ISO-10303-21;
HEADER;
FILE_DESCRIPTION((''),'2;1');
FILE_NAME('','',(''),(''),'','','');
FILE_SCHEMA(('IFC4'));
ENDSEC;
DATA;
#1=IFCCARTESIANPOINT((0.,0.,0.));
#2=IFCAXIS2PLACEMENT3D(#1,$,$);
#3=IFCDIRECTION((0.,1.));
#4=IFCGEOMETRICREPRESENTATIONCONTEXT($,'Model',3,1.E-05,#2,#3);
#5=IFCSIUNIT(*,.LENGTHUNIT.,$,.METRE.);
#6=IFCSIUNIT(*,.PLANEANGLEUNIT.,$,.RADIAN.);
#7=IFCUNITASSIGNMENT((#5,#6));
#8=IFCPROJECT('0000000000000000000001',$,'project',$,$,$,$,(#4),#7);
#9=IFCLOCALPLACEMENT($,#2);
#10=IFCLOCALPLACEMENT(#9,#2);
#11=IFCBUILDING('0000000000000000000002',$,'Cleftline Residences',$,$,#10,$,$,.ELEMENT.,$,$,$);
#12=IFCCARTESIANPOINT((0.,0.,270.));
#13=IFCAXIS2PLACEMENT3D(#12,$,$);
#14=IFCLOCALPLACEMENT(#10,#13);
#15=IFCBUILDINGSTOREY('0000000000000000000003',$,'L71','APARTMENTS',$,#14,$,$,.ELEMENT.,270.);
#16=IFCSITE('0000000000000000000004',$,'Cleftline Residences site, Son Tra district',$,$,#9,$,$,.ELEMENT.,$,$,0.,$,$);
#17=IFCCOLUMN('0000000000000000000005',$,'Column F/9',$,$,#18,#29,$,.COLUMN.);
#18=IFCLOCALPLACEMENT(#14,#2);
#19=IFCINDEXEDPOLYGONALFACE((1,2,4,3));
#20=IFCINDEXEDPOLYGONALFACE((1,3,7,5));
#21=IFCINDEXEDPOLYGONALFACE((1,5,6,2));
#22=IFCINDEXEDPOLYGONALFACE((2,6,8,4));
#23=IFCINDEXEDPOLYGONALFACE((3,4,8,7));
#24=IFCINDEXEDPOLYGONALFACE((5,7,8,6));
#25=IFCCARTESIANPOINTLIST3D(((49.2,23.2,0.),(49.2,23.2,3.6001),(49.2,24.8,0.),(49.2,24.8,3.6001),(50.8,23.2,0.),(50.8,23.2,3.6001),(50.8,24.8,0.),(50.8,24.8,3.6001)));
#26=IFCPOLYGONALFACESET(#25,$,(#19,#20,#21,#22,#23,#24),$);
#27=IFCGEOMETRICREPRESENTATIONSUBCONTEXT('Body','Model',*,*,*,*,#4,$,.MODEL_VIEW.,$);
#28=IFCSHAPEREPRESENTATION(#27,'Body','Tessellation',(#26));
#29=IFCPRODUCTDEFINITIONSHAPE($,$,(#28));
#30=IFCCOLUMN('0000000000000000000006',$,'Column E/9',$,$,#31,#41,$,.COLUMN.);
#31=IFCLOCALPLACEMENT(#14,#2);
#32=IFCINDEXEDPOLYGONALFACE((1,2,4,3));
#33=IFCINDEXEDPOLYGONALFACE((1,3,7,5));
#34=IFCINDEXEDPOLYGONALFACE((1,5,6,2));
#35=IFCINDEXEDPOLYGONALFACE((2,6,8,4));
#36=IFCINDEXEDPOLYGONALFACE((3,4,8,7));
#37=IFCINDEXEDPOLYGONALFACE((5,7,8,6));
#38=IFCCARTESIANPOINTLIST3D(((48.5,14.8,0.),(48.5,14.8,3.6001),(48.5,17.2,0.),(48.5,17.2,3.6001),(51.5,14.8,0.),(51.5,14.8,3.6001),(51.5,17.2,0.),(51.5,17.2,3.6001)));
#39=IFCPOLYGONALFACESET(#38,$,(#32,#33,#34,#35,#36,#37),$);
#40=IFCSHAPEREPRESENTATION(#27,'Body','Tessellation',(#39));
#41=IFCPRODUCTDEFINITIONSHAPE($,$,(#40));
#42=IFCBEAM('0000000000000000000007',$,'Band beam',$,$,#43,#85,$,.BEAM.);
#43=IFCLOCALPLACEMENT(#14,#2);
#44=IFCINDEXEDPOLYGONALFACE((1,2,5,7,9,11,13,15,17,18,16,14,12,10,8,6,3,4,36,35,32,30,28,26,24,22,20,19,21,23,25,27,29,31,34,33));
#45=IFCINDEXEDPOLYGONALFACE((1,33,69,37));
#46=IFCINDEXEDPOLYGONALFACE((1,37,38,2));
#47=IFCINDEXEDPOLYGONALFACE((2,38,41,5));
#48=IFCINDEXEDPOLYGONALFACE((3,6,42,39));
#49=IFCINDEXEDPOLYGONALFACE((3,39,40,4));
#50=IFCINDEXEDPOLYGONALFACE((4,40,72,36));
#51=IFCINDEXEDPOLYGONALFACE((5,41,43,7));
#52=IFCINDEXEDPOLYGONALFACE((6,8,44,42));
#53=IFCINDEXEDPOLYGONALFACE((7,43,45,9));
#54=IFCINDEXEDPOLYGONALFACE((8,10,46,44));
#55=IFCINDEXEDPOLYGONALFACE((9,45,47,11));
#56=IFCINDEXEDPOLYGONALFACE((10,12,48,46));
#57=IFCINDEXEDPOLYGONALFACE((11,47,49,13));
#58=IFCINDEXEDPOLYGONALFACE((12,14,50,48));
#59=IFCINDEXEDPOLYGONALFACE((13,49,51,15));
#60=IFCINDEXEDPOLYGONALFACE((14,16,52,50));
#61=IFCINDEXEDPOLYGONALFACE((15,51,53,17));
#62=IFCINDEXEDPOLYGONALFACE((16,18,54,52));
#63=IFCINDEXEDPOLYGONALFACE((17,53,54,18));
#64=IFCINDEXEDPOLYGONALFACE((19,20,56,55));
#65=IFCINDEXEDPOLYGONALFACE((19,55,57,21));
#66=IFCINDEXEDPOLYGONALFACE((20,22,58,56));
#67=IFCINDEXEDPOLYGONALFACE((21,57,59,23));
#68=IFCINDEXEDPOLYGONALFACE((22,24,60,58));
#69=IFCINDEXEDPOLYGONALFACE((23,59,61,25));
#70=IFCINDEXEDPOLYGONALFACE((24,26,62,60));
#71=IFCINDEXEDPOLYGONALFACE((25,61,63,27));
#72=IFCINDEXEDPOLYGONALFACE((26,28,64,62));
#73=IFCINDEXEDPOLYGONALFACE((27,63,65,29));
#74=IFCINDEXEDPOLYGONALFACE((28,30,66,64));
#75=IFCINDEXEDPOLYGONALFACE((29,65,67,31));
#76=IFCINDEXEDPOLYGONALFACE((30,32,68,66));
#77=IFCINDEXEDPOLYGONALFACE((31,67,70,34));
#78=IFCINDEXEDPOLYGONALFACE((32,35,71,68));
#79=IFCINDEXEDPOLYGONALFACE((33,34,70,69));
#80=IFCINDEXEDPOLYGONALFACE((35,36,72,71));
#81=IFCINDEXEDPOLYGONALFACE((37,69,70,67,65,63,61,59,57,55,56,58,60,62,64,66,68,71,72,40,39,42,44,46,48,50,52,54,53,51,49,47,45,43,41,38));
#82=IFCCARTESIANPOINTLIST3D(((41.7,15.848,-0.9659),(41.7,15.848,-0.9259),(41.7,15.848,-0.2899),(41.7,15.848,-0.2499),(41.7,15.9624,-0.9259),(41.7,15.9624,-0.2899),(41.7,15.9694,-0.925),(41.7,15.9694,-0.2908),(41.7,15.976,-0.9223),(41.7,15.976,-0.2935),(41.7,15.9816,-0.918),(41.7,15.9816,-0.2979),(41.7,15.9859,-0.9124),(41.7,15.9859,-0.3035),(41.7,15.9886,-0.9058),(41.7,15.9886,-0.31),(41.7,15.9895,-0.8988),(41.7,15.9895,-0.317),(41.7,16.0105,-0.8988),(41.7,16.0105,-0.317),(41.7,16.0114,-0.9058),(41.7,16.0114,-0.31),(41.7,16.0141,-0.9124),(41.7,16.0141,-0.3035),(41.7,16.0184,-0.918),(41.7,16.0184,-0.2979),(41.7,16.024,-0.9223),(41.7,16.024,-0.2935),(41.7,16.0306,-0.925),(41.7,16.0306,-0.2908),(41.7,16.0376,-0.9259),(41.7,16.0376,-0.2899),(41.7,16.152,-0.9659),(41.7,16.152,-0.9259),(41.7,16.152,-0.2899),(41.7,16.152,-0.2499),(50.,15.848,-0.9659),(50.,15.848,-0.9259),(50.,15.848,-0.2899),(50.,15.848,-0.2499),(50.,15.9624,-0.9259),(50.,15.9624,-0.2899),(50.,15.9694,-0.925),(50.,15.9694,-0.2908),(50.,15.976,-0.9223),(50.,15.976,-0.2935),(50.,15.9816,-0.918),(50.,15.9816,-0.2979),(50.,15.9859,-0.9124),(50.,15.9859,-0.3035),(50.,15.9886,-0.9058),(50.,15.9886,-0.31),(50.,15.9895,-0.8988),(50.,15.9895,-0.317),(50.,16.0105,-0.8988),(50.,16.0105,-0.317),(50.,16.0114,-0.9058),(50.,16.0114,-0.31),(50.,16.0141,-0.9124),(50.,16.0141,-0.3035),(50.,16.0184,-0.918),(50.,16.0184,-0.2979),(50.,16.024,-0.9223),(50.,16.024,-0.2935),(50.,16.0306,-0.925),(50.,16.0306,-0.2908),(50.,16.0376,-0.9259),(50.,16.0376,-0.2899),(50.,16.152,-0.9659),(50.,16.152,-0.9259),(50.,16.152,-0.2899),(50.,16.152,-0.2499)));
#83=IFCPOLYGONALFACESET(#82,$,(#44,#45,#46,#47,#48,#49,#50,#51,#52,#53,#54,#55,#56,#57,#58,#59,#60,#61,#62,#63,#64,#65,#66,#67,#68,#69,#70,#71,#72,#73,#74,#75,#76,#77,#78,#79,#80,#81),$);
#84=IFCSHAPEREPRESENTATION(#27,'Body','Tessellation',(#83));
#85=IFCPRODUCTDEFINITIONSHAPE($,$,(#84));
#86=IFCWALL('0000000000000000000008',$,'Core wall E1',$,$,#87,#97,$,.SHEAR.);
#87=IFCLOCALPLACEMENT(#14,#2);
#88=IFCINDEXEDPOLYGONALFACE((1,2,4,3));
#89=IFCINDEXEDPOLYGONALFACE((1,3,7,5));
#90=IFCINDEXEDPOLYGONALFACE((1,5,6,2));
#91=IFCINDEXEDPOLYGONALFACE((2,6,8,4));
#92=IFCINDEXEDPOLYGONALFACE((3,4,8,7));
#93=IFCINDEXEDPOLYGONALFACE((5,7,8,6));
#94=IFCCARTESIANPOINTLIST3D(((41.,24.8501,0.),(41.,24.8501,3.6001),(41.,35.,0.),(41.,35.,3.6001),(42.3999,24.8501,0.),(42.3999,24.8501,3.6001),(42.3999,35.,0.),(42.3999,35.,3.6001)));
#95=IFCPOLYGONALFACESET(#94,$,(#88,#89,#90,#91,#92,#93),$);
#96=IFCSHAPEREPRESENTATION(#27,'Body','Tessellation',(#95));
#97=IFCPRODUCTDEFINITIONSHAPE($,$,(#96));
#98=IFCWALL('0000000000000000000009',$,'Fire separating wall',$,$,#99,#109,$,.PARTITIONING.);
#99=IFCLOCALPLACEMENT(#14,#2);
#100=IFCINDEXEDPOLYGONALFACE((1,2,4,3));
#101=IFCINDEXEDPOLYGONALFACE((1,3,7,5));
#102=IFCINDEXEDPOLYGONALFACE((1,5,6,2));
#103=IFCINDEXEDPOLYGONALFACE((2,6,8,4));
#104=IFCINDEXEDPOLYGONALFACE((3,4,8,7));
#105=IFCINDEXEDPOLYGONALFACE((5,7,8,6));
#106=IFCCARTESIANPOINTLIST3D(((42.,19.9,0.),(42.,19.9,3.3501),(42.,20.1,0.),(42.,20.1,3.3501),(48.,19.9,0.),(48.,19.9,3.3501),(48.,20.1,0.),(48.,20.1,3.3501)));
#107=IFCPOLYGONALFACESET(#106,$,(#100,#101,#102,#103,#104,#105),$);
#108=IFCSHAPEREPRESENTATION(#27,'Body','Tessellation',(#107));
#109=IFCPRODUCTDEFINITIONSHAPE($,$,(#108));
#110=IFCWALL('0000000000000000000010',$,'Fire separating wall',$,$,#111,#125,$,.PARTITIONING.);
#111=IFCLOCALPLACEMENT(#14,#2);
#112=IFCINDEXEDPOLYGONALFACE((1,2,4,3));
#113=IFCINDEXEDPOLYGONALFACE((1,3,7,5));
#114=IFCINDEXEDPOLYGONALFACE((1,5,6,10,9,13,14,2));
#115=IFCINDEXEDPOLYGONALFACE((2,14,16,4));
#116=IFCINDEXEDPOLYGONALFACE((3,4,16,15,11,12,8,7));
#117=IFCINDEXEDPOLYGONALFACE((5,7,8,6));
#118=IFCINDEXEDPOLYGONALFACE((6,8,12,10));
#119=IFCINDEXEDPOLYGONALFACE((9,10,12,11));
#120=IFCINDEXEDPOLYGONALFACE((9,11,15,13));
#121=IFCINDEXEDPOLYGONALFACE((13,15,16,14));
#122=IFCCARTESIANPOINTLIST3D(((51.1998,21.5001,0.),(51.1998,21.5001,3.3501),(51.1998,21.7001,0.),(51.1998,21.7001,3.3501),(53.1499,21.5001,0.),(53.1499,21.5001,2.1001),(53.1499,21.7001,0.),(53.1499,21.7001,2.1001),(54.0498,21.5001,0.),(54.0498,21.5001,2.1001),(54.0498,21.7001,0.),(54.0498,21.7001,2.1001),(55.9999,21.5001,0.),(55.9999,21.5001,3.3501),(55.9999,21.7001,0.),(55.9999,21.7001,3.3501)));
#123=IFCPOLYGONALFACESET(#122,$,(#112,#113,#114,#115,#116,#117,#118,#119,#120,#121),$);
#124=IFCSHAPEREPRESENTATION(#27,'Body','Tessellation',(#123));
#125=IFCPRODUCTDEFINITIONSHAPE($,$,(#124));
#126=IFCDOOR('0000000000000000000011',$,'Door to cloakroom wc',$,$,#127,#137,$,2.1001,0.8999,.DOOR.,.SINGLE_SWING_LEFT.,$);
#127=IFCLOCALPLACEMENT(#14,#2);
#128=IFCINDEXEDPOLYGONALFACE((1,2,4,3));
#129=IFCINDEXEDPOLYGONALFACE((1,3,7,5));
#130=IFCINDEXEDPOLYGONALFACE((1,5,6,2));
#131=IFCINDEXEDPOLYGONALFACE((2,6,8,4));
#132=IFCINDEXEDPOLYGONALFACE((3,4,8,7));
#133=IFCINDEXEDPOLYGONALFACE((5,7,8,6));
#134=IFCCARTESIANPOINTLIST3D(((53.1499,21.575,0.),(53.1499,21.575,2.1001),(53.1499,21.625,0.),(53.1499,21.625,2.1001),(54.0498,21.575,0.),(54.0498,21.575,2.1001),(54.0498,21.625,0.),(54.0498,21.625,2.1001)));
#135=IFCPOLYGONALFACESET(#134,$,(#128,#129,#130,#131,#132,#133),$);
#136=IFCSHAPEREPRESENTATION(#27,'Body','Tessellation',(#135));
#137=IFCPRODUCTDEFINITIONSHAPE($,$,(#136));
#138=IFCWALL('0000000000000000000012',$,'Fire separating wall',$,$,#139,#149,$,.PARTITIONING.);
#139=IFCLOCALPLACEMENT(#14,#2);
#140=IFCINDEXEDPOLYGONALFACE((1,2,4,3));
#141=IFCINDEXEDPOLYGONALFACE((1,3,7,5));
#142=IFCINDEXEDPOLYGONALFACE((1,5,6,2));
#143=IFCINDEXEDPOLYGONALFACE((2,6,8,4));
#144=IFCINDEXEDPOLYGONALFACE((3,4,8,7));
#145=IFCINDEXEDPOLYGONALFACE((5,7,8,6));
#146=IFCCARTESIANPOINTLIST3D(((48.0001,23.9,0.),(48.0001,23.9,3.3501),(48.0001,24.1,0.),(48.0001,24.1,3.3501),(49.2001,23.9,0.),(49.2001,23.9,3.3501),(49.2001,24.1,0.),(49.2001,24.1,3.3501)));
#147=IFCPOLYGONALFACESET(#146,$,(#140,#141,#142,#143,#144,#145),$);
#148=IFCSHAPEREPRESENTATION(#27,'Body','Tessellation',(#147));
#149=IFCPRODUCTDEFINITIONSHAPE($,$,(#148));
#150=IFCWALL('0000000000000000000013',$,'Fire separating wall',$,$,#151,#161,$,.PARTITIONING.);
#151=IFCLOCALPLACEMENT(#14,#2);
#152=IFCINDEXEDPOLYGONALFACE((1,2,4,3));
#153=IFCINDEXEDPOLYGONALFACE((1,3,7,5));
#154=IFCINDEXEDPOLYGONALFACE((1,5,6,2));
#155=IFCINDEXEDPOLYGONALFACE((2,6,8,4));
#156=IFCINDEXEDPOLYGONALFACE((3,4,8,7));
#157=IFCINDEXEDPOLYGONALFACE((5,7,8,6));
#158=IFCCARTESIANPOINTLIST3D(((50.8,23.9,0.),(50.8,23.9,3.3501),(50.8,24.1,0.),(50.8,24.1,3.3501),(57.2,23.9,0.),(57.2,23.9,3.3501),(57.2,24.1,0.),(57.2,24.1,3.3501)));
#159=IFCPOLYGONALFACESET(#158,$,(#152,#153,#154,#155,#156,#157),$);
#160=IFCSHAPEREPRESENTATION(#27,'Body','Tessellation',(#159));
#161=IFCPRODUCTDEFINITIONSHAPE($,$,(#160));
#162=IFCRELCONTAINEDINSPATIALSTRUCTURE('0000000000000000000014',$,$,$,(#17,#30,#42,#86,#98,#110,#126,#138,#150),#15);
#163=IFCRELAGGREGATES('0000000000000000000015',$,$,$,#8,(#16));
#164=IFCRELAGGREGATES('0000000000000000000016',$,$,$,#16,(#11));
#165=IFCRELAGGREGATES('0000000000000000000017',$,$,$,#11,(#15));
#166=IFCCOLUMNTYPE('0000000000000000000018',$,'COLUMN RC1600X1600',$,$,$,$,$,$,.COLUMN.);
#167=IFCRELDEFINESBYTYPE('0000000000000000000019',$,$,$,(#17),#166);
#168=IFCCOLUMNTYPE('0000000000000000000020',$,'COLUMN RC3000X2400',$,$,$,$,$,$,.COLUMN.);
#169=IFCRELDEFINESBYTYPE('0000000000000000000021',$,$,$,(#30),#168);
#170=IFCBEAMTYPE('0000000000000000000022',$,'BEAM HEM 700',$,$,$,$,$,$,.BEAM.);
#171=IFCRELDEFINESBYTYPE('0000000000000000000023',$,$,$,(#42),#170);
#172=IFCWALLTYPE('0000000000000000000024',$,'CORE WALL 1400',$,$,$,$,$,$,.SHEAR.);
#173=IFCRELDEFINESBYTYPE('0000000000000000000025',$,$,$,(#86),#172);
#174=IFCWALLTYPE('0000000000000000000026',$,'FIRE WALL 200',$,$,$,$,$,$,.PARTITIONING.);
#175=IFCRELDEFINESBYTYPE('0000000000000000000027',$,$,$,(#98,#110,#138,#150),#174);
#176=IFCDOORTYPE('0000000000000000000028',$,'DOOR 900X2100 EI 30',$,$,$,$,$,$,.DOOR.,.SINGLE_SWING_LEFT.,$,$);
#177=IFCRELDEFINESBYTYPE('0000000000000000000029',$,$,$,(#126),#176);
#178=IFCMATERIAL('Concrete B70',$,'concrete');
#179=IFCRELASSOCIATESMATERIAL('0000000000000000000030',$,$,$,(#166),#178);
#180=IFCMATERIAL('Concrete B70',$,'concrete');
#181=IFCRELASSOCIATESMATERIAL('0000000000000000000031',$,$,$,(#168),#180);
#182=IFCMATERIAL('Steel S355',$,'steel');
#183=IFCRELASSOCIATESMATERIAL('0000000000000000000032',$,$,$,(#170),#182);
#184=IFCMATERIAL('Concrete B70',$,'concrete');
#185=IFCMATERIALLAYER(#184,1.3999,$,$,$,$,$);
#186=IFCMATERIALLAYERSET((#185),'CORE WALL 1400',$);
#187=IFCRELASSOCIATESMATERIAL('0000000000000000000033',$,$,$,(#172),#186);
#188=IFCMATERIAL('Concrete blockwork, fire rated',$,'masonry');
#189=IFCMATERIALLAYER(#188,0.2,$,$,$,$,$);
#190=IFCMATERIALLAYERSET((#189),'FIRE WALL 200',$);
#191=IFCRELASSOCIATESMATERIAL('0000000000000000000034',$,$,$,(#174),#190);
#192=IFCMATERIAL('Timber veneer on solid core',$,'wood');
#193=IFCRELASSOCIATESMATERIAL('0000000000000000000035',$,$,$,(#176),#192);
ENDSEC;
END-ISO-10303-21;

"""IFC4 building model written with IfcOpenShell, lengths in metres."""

from ifc_helpers import new_model, si_unit, direction, frame, frame_2d, origin, origin_2d, place, context, subcontext, project, spatial, rectangle, i_section, extrude, material, layer, layer_set, material_profile, profile_set, type_object, element, fill, save


model = new_model("IFC4")

# Units and contexts
model_context = context("Model", 3, precision=1e-05, world=origin(), true_north=direction((0.0, 1.0)))
body_context = subcontext(model_context, "Body", "Model", "MODEL_VIEW")
ifc_project = project(units=[si_unit("LENGTHUNIT", "METRE"), si_unit("PLANEANGLEUNIT", "RADIAN")], contexts=[model_context])

# Site, building, storey
site_placement = place(None, origin())
site = spatial("IfcSite", under=ifc_project, at=site_placement, Name="Cleftline Residences site, Son Tra district", CompositionType="ELEMENT", RefElevation=0.0)
building_placement = place(site_placement, origin())
building = spatial("IfcBuilding", under=site, at=building_placement, Name="Cleftline Residences", CompositionType="ELEMENT")
storey_placement = place(building_placement, frame((0.0, 0.0, 270.0)))
storey = spatial("IfcBuildingStorey", under=building, at=storey_placement, Name="L71", Description="APARTMENTS", CompositionType="ELEMENT", Elevation=270.0)

# Columns
ifc_material_1 = material(Name="Concrete B70", Category="concrete")
ifc_material_profile_1 = material_profile(ifc_material_1, rectangle(XDim=1.6001, YDim=1.6001, at=origin_2d()))
ifc_profile_set_1 = profile_set([ifc_material_profile_1], Name="Concrete B70")
column_type_1 = type_object("IfcColumnType", Name="COLUMN RC1600X1600", PredefinedType="COLUMN", material=ifc_profile_set_1)
column_1_placement = place(storey_placement, frame((50.0, 24.0, 0.0), z_axis=(0.0, 0.0, 1.0), x_axis=(1.0, 0.0, 0.0)))
element("IfcColumn", 1, at=column_1_placement, inside=storey, type_object=column_type_1, Name="Column F/9", PredefinedType="COLUMN", context=body_context, shape_type="SweptSolid", body=[
    extrude(rectangle(XDim=1.6001, YDim=1.6001, at=origin_2d()), origin(), (0.0, 0.0, 1.0), 3.6001),
])
ifc_material_2 = material(Name="Concrete B70", Category="concrete")
ifc_material_profile_2 = material_profile(ifc_material_2, rectangle(XDim=3.0, YDim=2.3999, at=origin_2d()))
ifc_profile_set_2 = profile_set([ifc_material_profile_2], Name="Concrete B70")
column_type_2 = type_object("IfcColumnType", Name="COLUMN RC3000X2400", PredefinedType="COLUMN", material=ifc_profile_set_2)
column_2_placement = place(storey_placement, frame((50.0, 16.0, 0.0), z_axis=(0.0, 0.0, 1.0), x_axis=(1.0, 0.0, 0.0)))
element("IfcColumn", 2, at=column_2_placement, inside=storey, type_object=column_type_2, Name="Column E/9", PredefinedType="COLUMN", context=body_context, shape_type="SweptSolid", body=[
    extrude(rectangle(XDim=3.0, YDim=2.3999, at=origin_2d()), origin(), (0.0, 0.0, 1.0), 3.6001),
])

# Beam
ifc_material_3 = material(Name="Steel S355", Category="steel")
ifc_material_profile_3 = material_profile(ifc_material_3, i_section(OverallWidth=0.304, OverallDepth=0.7161, WebThickness=0.021, FlangeThickness=0.04, FilletRadius=0.0271, at=origin_2d()))
ifc_profile_set_3 = profile_set([ifc_material_profile_3], Name="Steel S355")
beam_type = type_object("IfcBeamType", Name="BEAM HEM 700", PredefinedType="BEAM", material=ifc_profile_set_3)
beam_placement = place(storey_placement, frame((50.0, 16.0, -0.6079), z_axis=(-1.0, 0.0, 0.0), x_axis=(0.0, -1.0, 0.0)))
element("IfcBeam", 3, at=beam_placement, inside=storey, type_object=beam_type, Name="Band beam", PredefinedType="BEAM", context=body_context, shape_type="SweptSolid", body=[
    extrude(i_section(OverallWidth=0.304, OverallDepth=0.7161, WebThickness=0.021, FlangeThickness=0.04, FilletRadius=0.0271, at=origin_2d()), origin(), (0.0, 0.0, 1.0), 8.3),
])

# Walls
ifc_material_4 = material(Name="Concrete B70", Category="concrete")
ifc_layer_1 = layer(ifc_material_4, 1.3999)
ifc_layer_set_1 = layer_set([ifc_layer_1], Name="CORE WALL 1400")
wall_type_1 = type_object("IfcWallType", Name="CORE WALL 1400", PredefinedType="SHEAR", material=ifc_layer_set_1)
wall_1_placement = place(storey_placement, frame((41.7, 24.8501, 0.0), z_axis=(0.0, 0.0, 1.0), x_axis=(0.0, 1.0, 0.0)))
element("IfcWall", 4, at=wall_1_placement, inside=storey, type_object=wall_type_1, Name="Core wall E1", PredefinedType="SHEAR", context=body_context, shape_type="SweptSolid", body=[
    extrude(rectangle(XDim=10.1499, YDim=1.3999, at=frame_2d((5.075, 0.0))), origin(), (0.0, 0.0, 1.0), 3.6001),
])
ifc_material_5 = material(Name="Concrete blockwork, fire rated", Category="masonry")
ifc_layer_2 = layer(ifc_material_5, 0.2)
ifc_layer_set_2 = layer_set([ifc_layer_2], Name="FIRE WALL 200")
wall_type_2 = type_object("IfcWallType", Name="FIRE WALL 200", PredefinedType="PARTITIONING", material=ifc_layer_set_2)
wall_2_placement = place(storey_placement, frame((42.0, 20.0, 0.0), z_axis=(0.0, 0.0, 1.0), x_axis=(1.0, 0.0, 0.0)))
element("IfcWall", 5, at=wall_2_placement, inside=storey, type_object=wall_type_2, Name="Fire separating wall", PredefinedType="PARTITIONING", context=body_context, shape_type="SweptSolid", body=[
    extrude(rectangle(XDim=6.0, YDim=0.2, at=frame_2d((3.0, 0.0))), origin(), (0.0, 0.0, 1.0), 3.3501),
])

# Wall, opening, door
wall_3_placement = place(storey_placement, frame((51.2, 21.6001, 0.0), z_axis=(0.0, 0.0, 1.0), x_axis=(1.0, 0.0, 0.0)))
wall_3 = element("IfcWall", 6, at=wall_3_placement, inside=storey, type_object=wall_type_2, Name="Fire separating wall", PredefinedType="PARTITIONING", context=body_context, shape_type="SweptSolid", body=[
    extrude(rectangle(XDim=4.8, YDim=0.2, at=frame_2d((2.3999, 0.0))), origin(), (0.0, 0.0, 1.0), 3.3501),
])
opening_1_placement = place(wall_3_placement, frame((1.95, 0.0, 0.0)))
opening_1 = element("IfcOpeningElement", 7, at=opening_1_placement, cuts=wall_3, PredefinedType="OPENING", context=body_context, shape_type="SweptSolid", body=[
    extrude(rectangle(XDim=0.8999, YDim=2.1001, at=frame_2d((0.45, 1.05))), frame((0.0, 0.1099, 0.0), z_axis=(0.0, -1.0, 0.0), x_axis=(1.0, 0.0, 0.0)), (0.0, 0.0, 1.0), 0.22),
])
ifc_material_6 = material(Name="Timber veneer on solid core", Category="wood")
door_type_1 = type_object("IfcDoorType", Name="DOOR 900X2100 EI 30", OperationType="SINGLE_SWING_LEFT", PredefinedType="DOOR", material=ifc_material_6)
door_1_placement = place(opening_1_placement, origin())
door_1 = element("IfcDoor", 8, at=door_1_placement, inside=storey, type_object=door_type_1, Name="Door to cloakroom wc", OperationType="SINGLE_SWING_LEFT", OverallHeight=2.1001, OverallWidth=0.8999, PredefinedType="DOOR", context=body_context, shape_type="SweptSolid", body=[
    extrude(rectangle(XDim=0.8999, YDim=2.1001, at=frame_2d((0.45, 1.05))), frame((0.0, 0.0249, 0.0), z_axis=(0.0, -1.0, 0.0), x_axis=(1.0, 0.0, 0.0)), (0.0, 0.0, 1.0), 0.05),
])
fill(opening_1, door_1)

# Walls
wall_4_placement = place(storey_placement, frame((48.0, 24.0, 0.0), z_axis=(0.0, 0.0, 1.0), x_axis=(1.0, 0.0, 0.0)))
element("IfcWall", 9, at=wall_4_placement, inside=storey, type_object=wall_type_2, Name="Fire separating wall", PredefinedType="PARTITIONING", context=body_context, shape_type="SweptSolid", body=[
    extrude(rectangle(XDim=1.2, YDim=0.2, at=frame_2d((0.6001, 0.0))), origin(), (0.0, 0.0, 1.0), 3.3501),
])
wall_5_placement = place(storey_placement, frame((50.8, 24.0, 0.0), z_axis=(0.0, 0.0, 1.0), x_axis=(1.0, 0.0, 0.0)))
element("IfcWall", 10, at=wall_5_placement, inside=storey, type_object=wall_type_2, Name="Fire separating wall", PredefinedType="PARTITIONING", context=body_context, shape_type="SweptSolid", body=[
    extrude(rectangle(XDim=6.3999, YDim=0.2, at=frame_2d((3.2, 0.0))), origin(), (0.0, 0.0, 1.0), 3.3501),
])

save(model, "model.ifc")
